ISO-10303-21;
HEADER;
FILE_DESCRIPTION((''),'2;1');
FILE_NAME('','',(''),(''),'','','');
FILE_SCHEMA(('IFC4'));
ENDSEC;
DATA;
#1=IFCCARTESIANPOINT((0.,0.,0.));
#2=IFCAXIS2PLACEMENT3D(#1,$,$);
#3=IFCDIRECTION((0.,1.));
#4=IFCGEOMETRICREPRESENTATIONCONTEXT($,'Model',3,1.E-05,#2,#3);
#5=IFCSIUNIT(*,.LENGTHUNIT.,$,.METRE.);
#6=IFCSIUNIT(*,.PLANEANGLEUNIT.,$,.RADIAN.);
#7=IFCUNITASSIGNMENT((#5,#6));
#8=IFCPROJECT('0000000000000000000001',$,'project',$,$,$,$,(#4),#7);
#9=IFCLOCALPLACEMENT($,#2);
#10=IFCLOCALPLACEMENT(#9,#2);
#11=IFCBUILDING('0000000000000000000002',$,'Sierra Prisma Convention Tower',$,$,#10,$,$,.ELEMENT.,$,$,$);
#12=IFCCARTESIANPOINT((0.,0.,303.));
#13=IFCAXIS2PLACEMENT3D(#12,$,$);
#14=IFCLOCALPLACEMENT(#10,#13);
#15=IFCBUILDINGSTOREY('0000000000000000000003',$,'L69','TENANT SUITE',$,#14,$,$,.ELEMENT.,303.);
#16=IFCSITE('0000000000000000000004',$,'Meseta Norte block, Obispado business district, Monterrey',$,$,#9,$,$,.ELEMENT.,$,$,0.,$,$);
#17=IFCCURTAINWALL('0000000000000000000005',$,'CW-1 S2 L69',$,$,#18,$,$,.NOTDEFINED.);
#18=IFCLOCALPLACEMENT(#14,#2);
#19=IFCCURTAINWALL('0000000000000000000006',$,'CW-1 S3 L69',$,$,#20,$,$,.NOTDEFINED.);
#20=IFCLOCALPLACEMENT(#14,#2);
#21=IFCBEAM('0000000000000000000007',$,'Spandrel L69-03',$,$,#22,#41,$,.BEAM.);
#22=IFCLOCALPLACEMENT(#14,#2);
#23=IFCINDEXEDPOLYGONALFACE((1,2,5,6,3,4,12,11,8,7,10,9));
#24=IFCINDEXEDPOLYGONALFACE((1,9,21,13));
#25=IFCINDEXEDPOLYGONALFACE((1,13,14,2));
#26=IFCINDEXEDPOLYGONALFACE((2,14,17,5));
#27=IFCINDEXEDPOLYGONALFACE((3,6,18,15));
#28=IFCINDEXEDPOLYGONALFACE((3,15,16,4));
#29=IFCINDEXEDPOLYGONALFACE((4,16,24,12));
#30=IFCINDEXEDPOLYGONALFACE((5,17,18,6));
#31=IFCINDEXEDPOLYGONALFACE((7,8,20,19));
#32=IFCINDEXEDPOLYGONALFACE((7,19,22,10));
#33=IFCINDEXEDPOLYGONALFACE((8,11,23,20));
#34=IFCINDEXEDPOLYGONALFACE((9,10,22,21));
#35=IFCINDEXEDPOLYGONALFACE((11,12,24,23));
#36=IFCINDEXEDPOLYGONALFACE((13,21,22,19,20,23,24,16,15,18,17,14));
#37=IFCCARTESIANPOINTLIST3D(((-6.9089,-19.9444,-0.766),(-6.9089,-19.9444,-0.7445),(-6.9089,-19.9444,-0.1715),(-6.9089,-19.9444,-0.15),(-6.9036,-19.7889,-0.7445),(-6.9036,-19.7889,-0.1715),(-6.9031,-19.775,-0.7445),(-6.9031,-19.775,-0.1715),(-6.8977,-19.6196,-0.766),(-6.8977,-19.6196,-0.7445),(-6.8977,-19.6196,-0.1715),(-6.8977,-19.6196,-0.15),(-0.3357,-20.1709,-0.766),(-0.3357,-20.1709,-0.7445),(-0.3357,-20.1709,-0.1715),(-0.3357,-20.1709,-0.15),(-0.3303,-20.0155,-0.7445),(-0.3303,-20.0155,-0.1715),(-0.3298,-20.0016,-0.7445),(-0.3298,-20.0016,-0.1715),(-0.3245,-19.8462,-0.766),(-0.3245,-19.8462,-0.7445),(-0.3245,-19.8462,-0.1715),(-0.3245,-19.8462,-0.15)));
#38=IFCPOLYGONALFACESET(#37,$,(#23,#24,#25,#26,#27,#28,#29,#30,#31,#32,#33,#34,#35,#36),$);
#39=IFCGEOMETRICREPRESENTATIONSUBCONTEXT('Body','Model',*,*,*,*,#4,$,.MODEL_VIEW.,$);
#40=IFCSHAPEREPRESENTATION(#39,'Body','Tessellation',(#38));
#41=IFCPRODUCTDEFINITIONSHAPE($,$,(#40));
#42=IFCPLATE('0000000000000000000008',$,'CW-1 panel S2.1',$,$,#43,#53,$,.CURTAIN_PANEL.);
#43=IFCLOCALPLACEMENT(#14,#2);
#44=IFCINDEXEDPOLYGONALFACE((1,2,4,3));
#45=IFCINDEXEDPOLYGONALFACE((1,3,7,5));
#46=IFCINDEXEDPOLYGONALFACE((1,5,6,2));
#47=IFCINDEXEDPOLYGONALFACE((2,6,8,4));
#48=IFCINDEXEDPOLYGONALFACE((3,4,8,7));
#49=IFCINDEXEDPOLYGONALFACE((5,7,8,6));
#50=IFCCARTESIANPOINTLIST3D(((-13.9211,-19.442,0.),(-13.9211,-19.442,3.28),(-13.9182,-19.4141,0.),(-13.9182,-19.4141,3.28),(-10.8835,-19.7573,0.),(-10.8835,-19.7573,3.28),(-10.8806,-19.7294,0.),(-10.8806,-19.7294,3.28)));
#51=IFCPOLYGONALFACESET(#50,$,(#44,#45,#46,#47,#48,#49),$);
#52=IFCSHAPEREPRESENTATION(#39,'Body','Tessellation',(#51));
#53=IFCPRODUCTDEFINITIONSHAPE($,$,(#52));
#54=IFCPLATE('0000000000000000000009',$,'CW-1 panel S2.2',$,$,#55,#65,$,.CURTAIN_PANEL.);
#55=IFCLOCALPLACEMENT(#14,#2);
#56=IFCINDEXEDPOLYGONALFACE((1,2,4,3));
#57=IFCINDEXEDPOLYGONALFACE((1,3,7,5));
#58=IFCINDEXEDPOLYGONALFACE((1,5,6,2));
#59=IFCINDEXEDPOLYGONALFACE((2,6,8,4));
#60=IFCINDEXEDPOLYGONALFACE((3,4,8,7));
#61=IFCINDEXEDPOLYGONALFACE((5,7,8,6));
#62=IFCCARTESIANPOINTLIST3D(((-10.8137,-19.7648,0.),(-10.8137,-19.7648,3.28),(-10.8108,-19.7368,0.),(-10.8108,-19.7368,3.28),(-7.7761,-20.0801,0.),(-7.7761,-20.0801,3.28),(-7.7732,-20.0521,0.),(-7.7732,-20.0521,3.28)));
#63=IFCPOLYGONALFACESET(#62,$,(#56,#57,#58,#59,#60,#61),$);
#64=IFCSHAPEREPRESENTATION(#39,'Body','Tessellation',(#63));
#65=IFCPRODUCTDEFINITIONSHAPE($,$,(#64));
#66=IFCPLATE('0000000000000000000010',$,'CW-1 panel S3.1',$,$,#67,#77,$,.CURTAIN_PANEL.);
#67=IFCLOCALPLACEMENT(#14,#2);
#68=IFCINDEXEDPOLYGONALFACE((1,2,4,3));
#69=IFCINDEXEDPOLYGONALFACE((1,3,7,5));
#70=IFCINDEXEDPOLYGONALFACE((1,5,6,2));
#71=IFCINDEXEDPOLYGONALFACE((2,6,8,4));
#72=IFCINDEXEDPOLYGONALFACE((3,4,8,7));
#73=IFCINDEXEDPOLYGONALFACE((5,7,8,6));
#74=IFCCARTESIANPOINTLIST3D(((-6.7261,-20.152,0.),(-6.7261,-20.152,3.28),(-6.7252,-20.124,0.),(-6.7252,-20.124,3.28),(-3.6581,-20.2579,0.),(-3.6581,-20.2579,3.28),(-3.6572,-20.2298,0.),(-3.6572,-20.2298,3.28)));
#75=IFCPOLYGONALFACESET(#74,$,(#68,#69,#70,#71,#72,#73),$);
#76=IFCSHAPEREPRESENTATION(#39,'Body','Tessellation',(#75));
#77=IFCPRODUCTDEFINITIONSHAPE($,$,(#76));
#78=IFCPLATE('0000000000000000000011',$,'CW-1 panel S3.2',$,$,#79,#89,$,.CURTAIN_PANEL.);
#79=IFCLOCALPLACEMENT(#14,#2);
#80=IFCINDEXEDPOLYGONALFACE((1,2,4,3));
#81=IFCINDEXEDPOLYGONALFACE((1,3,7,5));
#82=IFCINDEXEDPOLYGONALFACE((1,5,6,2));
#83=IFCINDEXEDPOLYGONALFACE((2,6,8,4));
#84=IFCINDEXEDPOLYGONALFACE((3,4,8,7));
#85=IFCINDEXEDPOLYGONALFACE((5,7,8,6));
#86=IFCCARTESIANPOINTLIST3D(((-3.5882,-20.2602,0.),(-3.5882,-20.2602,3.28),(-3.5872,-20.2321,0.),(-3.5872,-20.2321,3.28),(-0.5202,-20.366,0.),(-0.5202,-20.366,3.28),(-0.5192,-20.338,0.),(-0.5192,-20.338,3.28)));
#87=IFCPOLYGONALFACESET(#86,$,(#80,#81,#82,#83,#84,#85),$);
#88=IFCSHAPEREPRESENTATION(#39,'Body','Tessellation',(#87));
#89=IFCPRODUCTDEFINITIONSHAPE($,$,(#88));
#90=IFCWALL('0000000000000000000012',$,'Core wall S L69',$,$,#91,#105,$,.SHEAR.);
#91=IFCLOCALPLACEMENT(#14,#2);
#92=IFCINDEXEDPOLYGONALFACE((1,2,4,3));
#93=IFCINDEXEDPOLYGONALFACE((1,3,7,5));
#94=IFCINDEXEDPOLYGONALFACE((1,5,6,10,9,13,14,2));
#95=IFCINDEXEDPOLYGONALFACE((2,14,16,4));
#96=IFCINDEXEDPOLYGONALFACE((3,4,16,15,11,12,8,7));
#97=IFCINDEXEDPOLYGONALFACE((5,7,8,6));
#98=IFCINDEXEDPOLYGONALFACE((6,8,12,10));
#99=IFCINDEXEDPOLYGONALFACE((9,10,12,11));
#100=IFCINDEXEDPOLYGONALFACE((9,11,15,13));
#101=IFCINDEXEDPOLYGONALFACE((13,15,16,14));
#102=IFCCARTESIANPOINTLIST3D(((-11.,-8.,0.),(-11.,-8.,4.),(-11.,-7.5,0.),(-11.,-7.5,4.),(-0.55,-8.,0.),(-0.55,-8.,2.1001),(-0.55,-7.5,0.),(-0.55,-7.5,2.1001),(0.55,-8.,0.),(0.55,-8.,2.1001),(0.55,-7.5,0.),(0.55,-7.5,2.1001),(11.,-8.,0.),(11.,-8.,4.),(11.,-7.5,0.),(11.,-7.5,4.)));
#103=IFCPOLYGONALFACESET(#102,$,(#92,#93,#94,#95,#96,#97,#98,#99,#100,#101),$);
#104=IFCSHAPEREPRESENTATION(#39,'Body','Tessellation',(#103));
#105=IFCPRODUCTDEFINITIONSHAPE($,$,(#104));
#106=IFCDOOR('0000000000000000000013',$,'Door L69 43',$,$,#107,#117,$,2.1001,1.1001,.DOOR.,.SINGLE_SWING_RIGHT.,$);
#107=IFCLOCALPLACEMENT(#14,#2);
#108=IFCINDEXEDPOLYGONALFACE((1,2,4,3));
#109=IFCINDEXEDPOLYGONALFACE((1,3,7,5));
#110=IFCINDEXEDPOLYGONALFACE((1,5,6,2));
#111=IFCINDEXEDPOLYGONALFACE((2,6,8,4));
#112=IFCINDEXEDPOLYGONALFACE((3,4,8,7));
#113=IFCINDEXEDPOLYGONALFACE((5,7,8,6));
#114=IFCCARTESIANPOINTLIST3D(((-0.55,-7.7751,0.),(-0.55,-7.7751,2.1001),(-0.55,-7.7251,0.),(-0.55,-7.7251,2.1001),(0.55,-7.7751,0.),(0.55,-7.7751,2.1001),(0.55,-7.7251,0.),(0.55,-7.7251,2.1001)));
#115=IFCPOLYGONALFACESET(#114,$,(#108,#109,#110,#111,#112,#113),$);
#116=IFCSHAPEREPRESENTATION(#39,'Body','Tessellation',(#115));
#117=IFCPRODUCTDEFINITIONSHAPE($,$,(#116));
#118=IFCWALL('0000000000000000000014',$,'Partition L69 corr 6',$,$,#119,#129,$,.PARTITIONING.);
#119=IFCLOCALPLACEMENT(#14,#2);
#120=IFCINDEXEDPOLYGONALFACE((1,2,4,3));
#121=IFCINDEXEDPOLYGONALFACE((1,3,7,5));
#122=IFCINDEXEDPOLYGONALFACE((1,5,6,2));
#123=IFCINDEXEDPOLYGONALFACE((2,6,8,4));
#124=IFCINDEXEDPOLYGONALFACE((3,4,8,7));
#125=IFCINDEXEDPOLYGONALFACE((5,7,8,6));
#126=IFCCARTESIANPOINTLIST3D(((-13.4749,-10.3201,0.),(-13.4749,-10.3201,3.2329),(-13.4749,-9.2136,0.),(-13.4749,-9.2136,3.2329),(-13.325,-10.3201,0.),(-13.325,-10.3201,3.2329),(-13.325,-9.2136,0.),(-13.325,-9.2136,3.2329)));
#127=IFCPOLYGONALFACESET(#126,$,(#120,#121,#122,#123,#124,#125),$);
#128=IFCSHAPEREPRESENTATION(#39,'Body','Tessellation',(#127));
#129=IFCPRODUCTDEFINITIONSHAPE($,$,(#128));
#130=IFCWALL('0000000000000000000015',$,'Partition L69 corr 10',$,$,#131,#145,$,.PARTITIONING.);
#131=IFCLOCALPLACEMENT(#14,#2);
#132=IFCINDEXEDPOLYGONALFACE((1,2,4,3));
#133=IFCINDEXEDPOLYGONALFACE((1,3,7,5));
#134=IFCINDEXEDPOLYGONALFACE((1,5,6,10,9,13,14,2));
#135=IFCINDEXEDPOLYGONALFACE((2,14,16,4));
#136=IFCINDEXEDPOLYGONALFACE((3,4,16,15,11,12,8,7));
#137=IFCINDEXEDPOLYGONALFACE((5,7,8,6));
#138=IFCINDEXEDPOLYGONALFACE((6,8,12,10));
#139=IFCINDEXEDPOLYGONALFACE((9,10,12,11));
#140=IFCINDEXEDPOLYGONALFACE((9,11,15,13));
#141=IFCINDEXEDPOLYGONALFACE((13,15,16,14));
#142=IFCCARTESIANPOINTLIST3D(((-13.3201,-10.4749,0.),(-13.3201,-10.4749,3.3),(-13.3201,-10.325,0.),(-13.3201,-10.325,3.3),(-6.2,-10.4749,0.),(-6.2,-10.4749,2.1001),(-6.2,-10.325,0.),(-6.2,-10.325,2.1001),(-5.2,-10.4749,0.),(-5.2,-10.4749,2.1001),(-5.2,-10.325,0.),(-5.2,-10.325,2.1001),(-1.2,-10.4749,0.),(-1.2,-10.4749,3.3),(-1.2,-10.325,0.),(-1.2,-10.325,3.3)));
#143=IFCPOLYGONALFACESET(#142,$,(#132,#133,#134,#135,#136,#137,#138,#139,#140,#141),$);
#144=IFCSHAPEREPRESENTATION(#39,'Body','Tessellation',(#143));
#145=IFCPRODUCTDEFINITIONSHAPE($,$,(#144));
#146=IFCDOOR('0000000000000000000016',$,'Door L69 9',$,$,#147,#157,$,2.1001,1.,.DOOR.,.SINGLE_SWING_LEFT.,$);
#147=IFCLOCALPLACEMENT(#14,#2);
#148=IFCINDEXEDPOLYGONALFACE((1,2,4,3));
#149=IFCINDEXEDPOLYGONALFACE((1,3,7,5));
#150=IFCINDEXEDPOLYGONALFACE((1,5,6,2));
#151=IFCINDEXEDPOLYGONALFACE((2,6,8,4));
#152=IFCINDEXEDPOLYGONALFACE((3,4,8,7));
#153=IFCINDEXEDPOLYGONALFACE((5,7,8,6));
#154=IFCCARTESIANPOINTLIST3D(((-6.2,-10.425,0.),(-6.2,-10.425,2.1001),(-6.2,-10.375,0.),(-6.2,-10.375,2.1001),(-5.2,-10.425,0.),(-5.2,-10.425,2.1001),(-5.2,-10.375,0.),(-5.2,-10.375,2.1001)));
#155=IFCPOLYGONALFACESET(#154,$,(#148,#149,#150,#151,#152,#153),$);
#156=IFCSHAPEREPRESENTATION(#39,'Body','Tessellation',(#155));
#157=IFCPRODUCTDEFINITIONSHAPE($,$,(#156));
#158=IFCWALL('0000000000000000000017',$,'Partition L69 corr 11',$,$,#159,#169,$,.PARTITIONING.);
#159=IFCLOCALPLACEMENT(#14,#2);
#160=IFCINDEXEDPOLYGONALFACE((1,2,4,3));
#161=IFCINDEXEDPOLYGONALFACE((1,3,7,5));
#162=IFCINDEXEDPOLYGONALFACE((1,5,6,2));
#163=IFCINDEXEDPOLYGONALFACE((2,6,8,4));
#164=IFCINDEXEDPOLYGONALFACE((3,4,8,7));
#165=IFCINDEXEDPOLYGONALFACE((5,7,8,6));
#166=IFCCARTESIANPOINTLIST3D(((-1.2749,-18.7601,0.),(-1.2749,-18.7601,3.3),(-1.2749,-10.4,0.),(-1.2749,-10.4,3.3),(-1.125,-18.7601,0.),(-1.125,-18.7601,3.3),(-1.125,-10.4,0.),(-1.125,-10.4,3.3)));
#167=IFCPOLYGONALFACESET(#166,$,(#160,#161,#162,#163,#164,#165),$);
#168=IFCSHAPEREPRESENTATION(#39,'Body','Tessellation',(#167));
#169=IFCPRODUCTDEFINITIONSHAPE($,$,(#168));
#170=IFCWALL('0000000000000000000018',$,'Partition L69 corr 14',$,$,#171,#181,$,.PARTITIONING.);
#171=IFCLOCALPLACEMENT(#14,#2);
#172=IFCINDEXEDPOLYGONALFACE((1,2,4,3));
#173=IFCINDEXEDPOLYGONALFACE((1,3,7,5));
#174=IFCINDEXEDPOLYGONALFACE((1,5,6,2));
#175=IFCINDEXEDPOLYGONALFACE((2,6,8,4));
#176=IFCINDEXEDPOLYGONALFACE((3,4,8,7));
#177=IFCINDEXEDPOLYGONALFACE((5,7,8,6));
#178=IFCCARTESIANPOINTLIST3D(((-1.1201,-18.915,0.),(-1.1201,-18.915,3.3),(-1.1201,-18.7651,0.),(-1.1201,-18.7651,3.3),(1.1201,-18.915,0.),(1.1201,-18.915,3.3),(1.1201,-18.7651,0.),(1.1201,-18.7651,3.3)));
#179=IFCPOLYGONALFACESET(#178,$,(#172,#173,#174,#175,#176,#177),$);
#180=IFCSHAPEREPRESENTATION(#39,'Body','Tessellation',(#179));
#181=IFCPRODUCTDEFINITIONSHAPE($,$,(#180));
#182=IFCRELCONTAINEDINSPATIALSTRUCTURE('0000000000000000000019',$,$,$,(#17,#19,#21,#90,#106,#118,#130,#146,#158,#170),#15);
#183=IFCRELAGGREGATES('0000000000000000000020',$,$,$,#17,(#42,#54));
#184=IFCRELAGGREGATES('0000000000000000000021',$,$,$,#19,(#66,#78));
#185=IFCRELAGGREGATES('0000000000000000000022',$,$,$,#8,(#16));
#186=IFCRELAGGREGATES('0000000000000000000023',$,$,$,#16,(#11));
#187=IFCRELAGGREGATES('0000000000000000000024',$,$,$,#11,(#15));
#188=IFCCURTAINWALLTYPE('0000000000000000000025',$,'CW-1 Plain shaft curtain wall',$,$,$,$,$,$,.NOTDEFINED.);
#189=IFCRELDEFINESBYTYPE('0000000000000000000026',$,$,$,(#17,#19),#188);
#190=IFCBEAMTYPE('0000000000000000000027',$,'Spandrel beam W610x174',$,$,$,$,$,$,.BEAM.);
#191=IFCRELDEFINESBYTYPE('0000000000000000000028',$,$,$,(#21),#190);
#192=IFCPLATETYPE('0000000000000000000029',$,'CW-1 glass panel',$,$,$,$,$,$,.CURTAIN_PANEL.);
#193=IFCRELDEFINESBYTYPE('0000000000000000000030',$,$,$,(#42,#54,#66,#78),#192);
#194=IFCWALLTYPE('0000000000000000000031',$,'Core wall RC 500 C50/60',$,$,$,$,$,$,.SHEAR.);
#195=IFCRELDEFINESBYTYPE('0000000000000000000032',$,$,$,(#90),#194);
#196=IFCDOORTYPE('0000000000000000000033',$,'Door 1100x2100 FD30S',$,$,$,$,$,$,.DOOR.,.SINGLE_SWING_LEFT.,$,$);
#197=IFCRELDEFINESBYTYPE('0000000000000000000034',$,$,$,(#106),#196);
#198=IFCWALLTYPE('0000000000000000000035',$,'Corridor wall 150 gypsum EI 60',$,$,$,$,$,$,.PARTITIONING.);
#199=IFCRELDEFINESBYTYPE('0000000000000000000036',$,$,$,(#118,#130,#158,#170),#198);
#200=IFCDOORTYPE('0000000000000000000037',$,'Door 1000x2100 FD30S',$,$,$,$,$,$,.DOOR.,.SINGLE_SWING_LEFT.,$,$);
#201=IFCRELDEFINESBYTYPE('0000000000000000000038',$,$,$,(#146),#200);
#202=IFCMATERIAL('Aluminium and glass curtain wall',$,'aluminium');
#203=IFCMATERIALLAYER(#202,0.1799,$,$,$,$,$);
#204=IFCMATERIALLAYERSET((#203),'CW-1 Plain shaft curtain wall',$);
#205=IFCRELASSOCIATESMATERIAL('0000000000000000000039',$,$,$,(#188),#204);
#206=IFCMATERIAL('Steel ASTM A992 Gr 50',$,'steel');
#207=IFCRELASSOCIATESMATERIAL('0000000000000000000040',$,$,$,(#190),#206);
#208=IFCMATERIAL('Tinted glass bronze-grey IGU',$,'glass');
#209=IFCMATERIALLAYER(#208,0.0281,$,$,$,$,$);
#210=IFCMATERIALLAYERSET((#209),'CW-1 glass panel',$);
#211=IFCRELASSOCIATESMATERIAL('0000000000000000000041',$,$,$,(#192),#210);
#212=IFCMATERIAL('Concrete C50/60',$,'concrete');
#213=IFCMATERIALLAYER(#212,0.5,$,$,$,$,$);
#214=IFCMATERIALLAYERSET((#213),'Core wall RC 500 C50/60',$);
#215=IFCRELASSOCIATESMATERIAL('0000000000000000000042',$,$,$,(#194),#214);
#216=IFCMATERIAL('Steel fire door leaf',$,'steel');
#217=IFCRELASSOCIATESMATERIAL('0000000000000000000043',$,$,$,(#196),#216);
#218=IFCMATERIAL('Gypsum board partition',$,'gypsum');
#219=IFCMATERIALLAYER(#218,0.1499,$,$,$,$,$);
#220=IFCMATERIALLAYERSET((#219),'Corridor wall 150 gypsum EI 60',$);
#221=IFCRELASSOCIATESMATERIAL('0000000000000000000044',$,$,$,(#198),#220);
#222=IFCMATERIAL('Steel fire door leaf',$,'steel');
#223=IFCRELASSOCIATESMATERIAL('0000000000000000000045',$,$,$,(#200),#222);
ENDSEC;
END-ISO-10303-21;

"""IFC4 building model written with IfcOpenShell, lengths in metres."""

from ifc_helpers import new_model, si_unit, direction, frame, frame_2d, origin, origin_2d, place, context, subcontext, project, spatial, rectangle, i_section, extrude, material, layer, layer_set, material_profile, profile_set, type_object, element, fill, aggregate, save


model = new_model("IFC4")

# Units and contexts
model_context = context("Model", 3, precision=1e-05, world=origin(), true_north=direction((0.0, 1.0)))
body_context = subcontext(model_context, "Body", "Model", "MODEL_VIEW")
ifc_project = project(units=[si_unit("LENGTHUNIT", "METRE"), si_unit("PLANEANGLEUNIT", "RADIAN")], contexts=[model_context])

# Site, building, storey
site_placement = place(None, origin())
site = spatial("IfcSite", under=ifc_project, at=site_placement, Name="Meseta Norte block, Obispado business district, Monterrey", CompositionType="ELEMENT", RefElevation=0.0)
building_placement = place(site_placement, origin())
building = spatial("IfcBuilding", under=site, at=building_placement, Name="Sierra Prisma Convention Tower", CompositionType="ELEMENT")
storey_placement = place(building_placement, frame((0.0, 0.0, 303.0)))
storey = spatial("IfcBuildingStorey", under=building, at=storey_placement, Name="L69", Description="TENANT SUITE", CompositionType="ELEMENT", Elevation=303.0)

# Curtain wall
ifc_material_1 = material(Name="Aluminium and glass curtain wall", Category="aluminium")
ifc_layer_1 = layer(ifc_material_1, 0.1799)
ifc_layer_set_1 = layer_set([ifc_layer_1], Name="CW-1 Plain shaft curtain wall")
curtain_wall_type = type_object("IfcCurtainWallType", Name="CW-1 Plain shaft curtain wall", PredefinedType="NOTDEFINED", material=ifc_layer_set_1)
curtain_wall_1_placement = place(storey_placement, origin())
curtain_wall_1 = element("IfcCurtainWall", 1, at=curtain_wall_1_placement, inside=storey, type_object=curtain_wall_type, Name="CW-1 S2 L69", PredefinedType="NOTDEFINED")

# Curtain wall
curtain_wall_2_placement = place(storey_placement, origin())
curtain_wall_2 = element("IfcCurtainWall", 2, at=curtain_wall_2_placement, inside=storey, type_object=curtain_wall_type, Name="CW-1 S3 L69", PredefinedType="NOTDEFINED")

# Beam
ifc_material_2 = material(Name="Steel ASTM A992 Gr 50", Category="steel")
ifc_material_profile_1 = material_profile(ifc_material_2, i_section(OverallWidth=0.325, OverallDepth=0.616, WebThickness=0.0139, FlangeThickness=0.0215, at=origin_2d()), Name="W610x174")
ifc_profile_set_1 = profile_set([ifc_material_profile_1], Name="Steel ASTM A992 Gr 50")
beam_type_1 = type_object("IfcBeamType", Name="Spandrel beam W610x174", PredefinedType="BEAM", material=ifc_profile_set_1)
beam_1_placement = place(storey_placement, frame((-6.9033, -19.782, -0.458), z_axis=(0.999407, -0.034447, 0.0), x_axis=(0.034447, 0.999407, 0.0)))
element("IfcBeam", 3, at=beam_1_placement, inside=storey, type_object=beam_type_1, Name="Spandrel L69-03", PredefinedType="BEAM", context=body_context, shape_type="SweptSolid", body=[
    extrude(i_section(OverallWidth=0.325, OverallDepth=0.616, WebThickness=0.0139, FlangeThickness=0.0215, at=origin_2d()), origin(), (0.0, 0.0, 1.0), 6.5771),
])

# Plates
ifc_material_3 = material(Name="Tinted glass bronze-grey IGU", Category="glass")
ifc_layer_2 = layer(ifc_material_3, 0.0281)
ifc_layer_set_2 = layer_set([ifc_layer_2], Name="CW-1 glass panel")
plate_type = type_object("IfcPlateType", Name="CW-1 glass panel", PredefinedType="CURTAIN_PANEL", material=ifc_layer_set_2)
plate_1_placement = place(storey_placement, frame((-12.4009, -19.5857, 0.0), z_axis=(0.0, 0.0, 1.0), x_axis=(0.994656, -0.103246, 0.0)))
plate_1 = element("IfcPlate", 4, at=plate_1_placement, type_object=plate_type, Name="CW-1 panel S2.1", PredefinedType="CURTAIN_PANEL", context=body_context, shape_type="SweptSolid", body=[
    extrude(rectangle(XDim=3.054, YDim=0.0281, at=origin_2d()), origin(), (0.0, 0.0, 1.0), 3.28),
])
plate_2_placement = place(storey_placement, frame((-9.2935, -19.9084, 0.0), z_axis=(0.0, 0.0, 1.0), x_axis=(0.994656, -0.103246, 0.0)))
plate_2 = element("IfcPlate", 5, at=plate_2_placement, type_object=plate_type, Name="CW-1 panel S2.2", PredefinedType="CURTAIN_PANEL", context=body_context, shape_type="SweptSolid", body=[
    extrude(rectangle(XDim=3.054, YDim=0.0281, at=origin_2d()), origin(), (0.0, 0.0, 1.0), 3.28),
])
aggregate(curtain_wall_1, [plate_1, plate_2])
plate_3_placement = place(storey_placement, frame((-5.1917, -20.1909, 0.0), z_axis=(0.0, 0.0, 1.0), x_axis=(0.999406, -0.03447, 0.0)))
plate_3 = element("IfcPlate", 6, at=plate_3_placement, type_object=plate_type, Name="CW-1 panel S3.1", PredefinedType="CURTAIN_PANEL", context=body_context, shape_type="SweptSolid", body=[
    extrude(rectangle(XDim=3.0698, YDim=0.0281, at=origin_2d()), origin(), (0.0, 0.0, 1.0), 3.28),
])
plate_4_placement = place(storey_placement, frame((-2.0537, -20.2991, 0.0), z_axis=(0.0, 0.0, 1.0), x_axis=(0.999406, -0.03447, 0.0)))
plate_4 = element("IfcPlate", 7, at=plate_4_placement, type_object=plate_type, Name="CW-1 panel S3.2", PredefinedType="CURTAIN_PANEL", context=body_context, shape_type="SweptSolid", body=[
    extrude(rectangle(XDim=3.0698, YDim=0.0281, at=origin_2d()), origin(), (0.0, 0.0, 1.0), 3.28),
])
aggregate(curtain_wall_2, [plate_3, plate_4])

# Wall, opening, door
ifc_material_4 = material(Name="Concrete C50/60", Category="concrete")
ifc_layer_3 = layer(ifc_material_4, 0.5)
ifc_layer_set_3 = layer_set([ifc_layer_3], Name="Core wall RC 500 C50/60")
wall_type_1 = type_object("IfcWallType", Name="Core wall RC 500 C50/60", PredefinedType="SHEAR", material=ifc_layer_set_3)
wall_1_placement = place(storey_placement, frame((-11.0, -7.75, 0.0), z_axis=(0.0, 0.0, 1.0), x_axis=(1.0, 0.0, 0.0)))
wall_1 = element("IfcWall", 8, at=wall_1_placement, inside=storey, type_object=wall_type_1, Name="Core wall S L69", PredefinedType="SHEAR", context=body_context, shape_type="SweptSolid", body=[
    extrude(rectangle(XDim=22.0, YDim=0.5, at=frame_2d((11.0, 0.0))), origin(), (0.0, 0.0, 1.0), 4.0),
])
opening_1_placement = place(wall_1_placement, frame((10.45, 0.0, 0.0)))
opening_1 = element("IfcOpeningElement", 9, at=opening_1_placement, cuts=wall_1, PredefinedType="OPENING", context=body_context, shape_type="SweptSolid", body=[
    extrude(rectangle(XDim=1.1001, YDim=2.1001, at=frame_2d((0.55, 1.05))), frame((0.0, 0.25, 0.0), z_axis=(0.0, -1.0, 0.0), x_axis=(1.0, 0.0, 0.0)), (0.0, 0.0, 1.0), 0.5),
])
ifc_material_5 = material(Name="Steel fire door leaf", Category="steel")
door_type_1 = type_object("IfcDoorType", Name="Door 1100x2100 FD30S", OperationType="SINGLE_SWING_LEFT", PredefinedType="DOOR", material=ifc_material_5)
door_1_placement = place(opening_1_placement, origin())
door_1 = element("IfcDoor", 10, at=door_1_placement, inside=storey, type_object=door_type_1, Name="Door L69 43", OperationType="SINGLE_SWING_RIGHT", OverallHeight=2.1001, OverallWidth=1.1001, PredefinedType="DOOR", context=body_context, shape_type="SweptSolid", body=[
    extrude(rectangle(XDim=1.1001, YDim=2.1001, at=frame_2d((0.55, 1.05))), frame((0.0, 0.0249, 0.0), z_axis=(0.0, -1.0, 0.0), x_axis=(1.0, 0.0, 0.0)), (0.0, 0.0, 1.0), 0.05),
])
fill(opening_1, door_1)

# Wall
ifc_material_6 = material(Name="Gypsum board partition", Category="gypsum")
ifc_layer_4 = layer(ifc_material_6, 0.1499)
ifc_layer_set_4 = layer_set([ifc_layer_4], Name="Corridor wall 150 gypsum EI 60")
wall_type_2 = type_object("IfcWallType", Name="Corridor wall 150 gypsum EI 60", PredefinedType="PARTITIONING", material=ifc_layer_set_4)
wall_2_placement = place(storey_placement, frame((-13.3999, -9.2136, 0.0), z_axis=(0.0, 0.0, 1.0), x_axis=(0.0, -1.0, 0.0)))
element("IfcWall", 11, at=wall_2_placement, inside=storey, type_object=wall_type_2, Name="Partition L69 corr 6", PredefinedType="PARTITIONING", context=body_context, shape_type="SweptSolid", body=[
    extrude(rectangle(XDim=1.1064, YDim=0.1499, at=frame_2d((0.5532, 0.0))), origin(), (0.0, 0.0, 1.0), 3.2329),
])

# Wall, opening, door
wall_3_placement = place(storey_placement, frame((-13.3201, -10.3999, 0.0), z_axis=(0.0, 0.0, 1.0), x_axis=(1.0, 0.0, 0.0)))
wall_3 = element("IfcWall", 12, at=wall_3_placement, inside=storey, type_object=wall_type_2, Name="Partition L69 corr 10", PredefinedType="PARTITIONING", context=body_context, shape_type="SweptSolid", body=[
    extrude(rectangle(XDim=12.1201, YDim=0.1499, at=frame_2d((6.0601, 0.0))), origin(), (0.0, 0.0, 1.0), 3.3),
])
opening_2_placement = place(wall_3_placement, frame((7.1201, 0.0, 0.0)))
opening_2 = element("IfcOpeningElement", 13, at=opening_2_placement, cuts=wall_3, PredefinedType="OPENING", context=body_context, shape_type="SweptSolid", body=[
    extrude(rectangle(XDim=1.0, YDim=2.1001, at=frame_2d((0.5, 1.05))), frame((0.0, 0.075, 0.0), z_axis=(0.0, -1.0, 0.0), x_axis=(1.0, 0.0, 0.0)), (0.0, 0.0, 1.0), 0.1499),
])
ifc_material_7 = material(Name="Steel fire door leaf", Category="steel")
door_type_2 = type_object("IfcDoorType", Name="Door 1000x2100 FD30S", OperationType="SINGLE_SWING_LEFT", PredefinedType="DOOR", material=ifc_material_7)
door_2_placement = place(opening_2_placement, origin())
door_2 = element("IfcDoor", 14, at=door_2_placement, inside=storey, type_object=door_type_2, Name="Door L69 9", OperationType="SINGLE_SWING_LEFT", OverallHeight=2.1001, OverallWidth=1.0, PredefinedType="DOOR", context=body_context, shape_type="SweptSolid", body=[
    extrude(rectangle(XDim=1.0, YDim=2.1001, at=frame_2d((0.5, 1.05))), frame((0.0, 0.0249, 0.0), z_axis=(0.0, -1.0, 0.0), x_axis=(1.0, 0.0, 0.0)), (0.0, 0.0, 1.0), 0.05),
])
fill(opening_2, door_2)

# Walls
wall_4_placement = place(storey_placement, frame((-1.2, -10.3999, 0.0), z_axis=(0.0, 0.0, 1.0), x_axis=(0.0, -1.0, 0.0)))
element("IfcWall", 15, at=wall_4_placement, inside=storey, type_object=wall_type_2, Name="Partition L69 corr 11", PredefinedType="PARTITIONING", context=body_context, shape_type="SweptSolid", body=[
    extrude(rectangle(XDim=8.3601, YDim=0.1499, at=frame_2d((4.1802, 0.0))), origin(), (0.0, 0.0, 1.0), 3.3),
])
wall_5_placement = place(storey_placement, frame((-1.1201, -18.8401, 0.0), z_axis=(0.0, 0.0, 1.0), x_axis=(1.0, 0.0, 0.0)))
element("IfcWall", 16, at=wall_5_placement, inside=storey, type_object=wall_type_2, Name="Partition L69 corr 14", PredefinedType="PARTITIONING", context=body_context, shape_type="SweptSolid", body=[
    extrude(rectangle(XDim=2.2402, YDim=0.1499, at=frame_2d((1.1201, 0.0))), origin(), (0.0, 0.0, 1.0), 3.3),
])

save(model, "model.ifc")
